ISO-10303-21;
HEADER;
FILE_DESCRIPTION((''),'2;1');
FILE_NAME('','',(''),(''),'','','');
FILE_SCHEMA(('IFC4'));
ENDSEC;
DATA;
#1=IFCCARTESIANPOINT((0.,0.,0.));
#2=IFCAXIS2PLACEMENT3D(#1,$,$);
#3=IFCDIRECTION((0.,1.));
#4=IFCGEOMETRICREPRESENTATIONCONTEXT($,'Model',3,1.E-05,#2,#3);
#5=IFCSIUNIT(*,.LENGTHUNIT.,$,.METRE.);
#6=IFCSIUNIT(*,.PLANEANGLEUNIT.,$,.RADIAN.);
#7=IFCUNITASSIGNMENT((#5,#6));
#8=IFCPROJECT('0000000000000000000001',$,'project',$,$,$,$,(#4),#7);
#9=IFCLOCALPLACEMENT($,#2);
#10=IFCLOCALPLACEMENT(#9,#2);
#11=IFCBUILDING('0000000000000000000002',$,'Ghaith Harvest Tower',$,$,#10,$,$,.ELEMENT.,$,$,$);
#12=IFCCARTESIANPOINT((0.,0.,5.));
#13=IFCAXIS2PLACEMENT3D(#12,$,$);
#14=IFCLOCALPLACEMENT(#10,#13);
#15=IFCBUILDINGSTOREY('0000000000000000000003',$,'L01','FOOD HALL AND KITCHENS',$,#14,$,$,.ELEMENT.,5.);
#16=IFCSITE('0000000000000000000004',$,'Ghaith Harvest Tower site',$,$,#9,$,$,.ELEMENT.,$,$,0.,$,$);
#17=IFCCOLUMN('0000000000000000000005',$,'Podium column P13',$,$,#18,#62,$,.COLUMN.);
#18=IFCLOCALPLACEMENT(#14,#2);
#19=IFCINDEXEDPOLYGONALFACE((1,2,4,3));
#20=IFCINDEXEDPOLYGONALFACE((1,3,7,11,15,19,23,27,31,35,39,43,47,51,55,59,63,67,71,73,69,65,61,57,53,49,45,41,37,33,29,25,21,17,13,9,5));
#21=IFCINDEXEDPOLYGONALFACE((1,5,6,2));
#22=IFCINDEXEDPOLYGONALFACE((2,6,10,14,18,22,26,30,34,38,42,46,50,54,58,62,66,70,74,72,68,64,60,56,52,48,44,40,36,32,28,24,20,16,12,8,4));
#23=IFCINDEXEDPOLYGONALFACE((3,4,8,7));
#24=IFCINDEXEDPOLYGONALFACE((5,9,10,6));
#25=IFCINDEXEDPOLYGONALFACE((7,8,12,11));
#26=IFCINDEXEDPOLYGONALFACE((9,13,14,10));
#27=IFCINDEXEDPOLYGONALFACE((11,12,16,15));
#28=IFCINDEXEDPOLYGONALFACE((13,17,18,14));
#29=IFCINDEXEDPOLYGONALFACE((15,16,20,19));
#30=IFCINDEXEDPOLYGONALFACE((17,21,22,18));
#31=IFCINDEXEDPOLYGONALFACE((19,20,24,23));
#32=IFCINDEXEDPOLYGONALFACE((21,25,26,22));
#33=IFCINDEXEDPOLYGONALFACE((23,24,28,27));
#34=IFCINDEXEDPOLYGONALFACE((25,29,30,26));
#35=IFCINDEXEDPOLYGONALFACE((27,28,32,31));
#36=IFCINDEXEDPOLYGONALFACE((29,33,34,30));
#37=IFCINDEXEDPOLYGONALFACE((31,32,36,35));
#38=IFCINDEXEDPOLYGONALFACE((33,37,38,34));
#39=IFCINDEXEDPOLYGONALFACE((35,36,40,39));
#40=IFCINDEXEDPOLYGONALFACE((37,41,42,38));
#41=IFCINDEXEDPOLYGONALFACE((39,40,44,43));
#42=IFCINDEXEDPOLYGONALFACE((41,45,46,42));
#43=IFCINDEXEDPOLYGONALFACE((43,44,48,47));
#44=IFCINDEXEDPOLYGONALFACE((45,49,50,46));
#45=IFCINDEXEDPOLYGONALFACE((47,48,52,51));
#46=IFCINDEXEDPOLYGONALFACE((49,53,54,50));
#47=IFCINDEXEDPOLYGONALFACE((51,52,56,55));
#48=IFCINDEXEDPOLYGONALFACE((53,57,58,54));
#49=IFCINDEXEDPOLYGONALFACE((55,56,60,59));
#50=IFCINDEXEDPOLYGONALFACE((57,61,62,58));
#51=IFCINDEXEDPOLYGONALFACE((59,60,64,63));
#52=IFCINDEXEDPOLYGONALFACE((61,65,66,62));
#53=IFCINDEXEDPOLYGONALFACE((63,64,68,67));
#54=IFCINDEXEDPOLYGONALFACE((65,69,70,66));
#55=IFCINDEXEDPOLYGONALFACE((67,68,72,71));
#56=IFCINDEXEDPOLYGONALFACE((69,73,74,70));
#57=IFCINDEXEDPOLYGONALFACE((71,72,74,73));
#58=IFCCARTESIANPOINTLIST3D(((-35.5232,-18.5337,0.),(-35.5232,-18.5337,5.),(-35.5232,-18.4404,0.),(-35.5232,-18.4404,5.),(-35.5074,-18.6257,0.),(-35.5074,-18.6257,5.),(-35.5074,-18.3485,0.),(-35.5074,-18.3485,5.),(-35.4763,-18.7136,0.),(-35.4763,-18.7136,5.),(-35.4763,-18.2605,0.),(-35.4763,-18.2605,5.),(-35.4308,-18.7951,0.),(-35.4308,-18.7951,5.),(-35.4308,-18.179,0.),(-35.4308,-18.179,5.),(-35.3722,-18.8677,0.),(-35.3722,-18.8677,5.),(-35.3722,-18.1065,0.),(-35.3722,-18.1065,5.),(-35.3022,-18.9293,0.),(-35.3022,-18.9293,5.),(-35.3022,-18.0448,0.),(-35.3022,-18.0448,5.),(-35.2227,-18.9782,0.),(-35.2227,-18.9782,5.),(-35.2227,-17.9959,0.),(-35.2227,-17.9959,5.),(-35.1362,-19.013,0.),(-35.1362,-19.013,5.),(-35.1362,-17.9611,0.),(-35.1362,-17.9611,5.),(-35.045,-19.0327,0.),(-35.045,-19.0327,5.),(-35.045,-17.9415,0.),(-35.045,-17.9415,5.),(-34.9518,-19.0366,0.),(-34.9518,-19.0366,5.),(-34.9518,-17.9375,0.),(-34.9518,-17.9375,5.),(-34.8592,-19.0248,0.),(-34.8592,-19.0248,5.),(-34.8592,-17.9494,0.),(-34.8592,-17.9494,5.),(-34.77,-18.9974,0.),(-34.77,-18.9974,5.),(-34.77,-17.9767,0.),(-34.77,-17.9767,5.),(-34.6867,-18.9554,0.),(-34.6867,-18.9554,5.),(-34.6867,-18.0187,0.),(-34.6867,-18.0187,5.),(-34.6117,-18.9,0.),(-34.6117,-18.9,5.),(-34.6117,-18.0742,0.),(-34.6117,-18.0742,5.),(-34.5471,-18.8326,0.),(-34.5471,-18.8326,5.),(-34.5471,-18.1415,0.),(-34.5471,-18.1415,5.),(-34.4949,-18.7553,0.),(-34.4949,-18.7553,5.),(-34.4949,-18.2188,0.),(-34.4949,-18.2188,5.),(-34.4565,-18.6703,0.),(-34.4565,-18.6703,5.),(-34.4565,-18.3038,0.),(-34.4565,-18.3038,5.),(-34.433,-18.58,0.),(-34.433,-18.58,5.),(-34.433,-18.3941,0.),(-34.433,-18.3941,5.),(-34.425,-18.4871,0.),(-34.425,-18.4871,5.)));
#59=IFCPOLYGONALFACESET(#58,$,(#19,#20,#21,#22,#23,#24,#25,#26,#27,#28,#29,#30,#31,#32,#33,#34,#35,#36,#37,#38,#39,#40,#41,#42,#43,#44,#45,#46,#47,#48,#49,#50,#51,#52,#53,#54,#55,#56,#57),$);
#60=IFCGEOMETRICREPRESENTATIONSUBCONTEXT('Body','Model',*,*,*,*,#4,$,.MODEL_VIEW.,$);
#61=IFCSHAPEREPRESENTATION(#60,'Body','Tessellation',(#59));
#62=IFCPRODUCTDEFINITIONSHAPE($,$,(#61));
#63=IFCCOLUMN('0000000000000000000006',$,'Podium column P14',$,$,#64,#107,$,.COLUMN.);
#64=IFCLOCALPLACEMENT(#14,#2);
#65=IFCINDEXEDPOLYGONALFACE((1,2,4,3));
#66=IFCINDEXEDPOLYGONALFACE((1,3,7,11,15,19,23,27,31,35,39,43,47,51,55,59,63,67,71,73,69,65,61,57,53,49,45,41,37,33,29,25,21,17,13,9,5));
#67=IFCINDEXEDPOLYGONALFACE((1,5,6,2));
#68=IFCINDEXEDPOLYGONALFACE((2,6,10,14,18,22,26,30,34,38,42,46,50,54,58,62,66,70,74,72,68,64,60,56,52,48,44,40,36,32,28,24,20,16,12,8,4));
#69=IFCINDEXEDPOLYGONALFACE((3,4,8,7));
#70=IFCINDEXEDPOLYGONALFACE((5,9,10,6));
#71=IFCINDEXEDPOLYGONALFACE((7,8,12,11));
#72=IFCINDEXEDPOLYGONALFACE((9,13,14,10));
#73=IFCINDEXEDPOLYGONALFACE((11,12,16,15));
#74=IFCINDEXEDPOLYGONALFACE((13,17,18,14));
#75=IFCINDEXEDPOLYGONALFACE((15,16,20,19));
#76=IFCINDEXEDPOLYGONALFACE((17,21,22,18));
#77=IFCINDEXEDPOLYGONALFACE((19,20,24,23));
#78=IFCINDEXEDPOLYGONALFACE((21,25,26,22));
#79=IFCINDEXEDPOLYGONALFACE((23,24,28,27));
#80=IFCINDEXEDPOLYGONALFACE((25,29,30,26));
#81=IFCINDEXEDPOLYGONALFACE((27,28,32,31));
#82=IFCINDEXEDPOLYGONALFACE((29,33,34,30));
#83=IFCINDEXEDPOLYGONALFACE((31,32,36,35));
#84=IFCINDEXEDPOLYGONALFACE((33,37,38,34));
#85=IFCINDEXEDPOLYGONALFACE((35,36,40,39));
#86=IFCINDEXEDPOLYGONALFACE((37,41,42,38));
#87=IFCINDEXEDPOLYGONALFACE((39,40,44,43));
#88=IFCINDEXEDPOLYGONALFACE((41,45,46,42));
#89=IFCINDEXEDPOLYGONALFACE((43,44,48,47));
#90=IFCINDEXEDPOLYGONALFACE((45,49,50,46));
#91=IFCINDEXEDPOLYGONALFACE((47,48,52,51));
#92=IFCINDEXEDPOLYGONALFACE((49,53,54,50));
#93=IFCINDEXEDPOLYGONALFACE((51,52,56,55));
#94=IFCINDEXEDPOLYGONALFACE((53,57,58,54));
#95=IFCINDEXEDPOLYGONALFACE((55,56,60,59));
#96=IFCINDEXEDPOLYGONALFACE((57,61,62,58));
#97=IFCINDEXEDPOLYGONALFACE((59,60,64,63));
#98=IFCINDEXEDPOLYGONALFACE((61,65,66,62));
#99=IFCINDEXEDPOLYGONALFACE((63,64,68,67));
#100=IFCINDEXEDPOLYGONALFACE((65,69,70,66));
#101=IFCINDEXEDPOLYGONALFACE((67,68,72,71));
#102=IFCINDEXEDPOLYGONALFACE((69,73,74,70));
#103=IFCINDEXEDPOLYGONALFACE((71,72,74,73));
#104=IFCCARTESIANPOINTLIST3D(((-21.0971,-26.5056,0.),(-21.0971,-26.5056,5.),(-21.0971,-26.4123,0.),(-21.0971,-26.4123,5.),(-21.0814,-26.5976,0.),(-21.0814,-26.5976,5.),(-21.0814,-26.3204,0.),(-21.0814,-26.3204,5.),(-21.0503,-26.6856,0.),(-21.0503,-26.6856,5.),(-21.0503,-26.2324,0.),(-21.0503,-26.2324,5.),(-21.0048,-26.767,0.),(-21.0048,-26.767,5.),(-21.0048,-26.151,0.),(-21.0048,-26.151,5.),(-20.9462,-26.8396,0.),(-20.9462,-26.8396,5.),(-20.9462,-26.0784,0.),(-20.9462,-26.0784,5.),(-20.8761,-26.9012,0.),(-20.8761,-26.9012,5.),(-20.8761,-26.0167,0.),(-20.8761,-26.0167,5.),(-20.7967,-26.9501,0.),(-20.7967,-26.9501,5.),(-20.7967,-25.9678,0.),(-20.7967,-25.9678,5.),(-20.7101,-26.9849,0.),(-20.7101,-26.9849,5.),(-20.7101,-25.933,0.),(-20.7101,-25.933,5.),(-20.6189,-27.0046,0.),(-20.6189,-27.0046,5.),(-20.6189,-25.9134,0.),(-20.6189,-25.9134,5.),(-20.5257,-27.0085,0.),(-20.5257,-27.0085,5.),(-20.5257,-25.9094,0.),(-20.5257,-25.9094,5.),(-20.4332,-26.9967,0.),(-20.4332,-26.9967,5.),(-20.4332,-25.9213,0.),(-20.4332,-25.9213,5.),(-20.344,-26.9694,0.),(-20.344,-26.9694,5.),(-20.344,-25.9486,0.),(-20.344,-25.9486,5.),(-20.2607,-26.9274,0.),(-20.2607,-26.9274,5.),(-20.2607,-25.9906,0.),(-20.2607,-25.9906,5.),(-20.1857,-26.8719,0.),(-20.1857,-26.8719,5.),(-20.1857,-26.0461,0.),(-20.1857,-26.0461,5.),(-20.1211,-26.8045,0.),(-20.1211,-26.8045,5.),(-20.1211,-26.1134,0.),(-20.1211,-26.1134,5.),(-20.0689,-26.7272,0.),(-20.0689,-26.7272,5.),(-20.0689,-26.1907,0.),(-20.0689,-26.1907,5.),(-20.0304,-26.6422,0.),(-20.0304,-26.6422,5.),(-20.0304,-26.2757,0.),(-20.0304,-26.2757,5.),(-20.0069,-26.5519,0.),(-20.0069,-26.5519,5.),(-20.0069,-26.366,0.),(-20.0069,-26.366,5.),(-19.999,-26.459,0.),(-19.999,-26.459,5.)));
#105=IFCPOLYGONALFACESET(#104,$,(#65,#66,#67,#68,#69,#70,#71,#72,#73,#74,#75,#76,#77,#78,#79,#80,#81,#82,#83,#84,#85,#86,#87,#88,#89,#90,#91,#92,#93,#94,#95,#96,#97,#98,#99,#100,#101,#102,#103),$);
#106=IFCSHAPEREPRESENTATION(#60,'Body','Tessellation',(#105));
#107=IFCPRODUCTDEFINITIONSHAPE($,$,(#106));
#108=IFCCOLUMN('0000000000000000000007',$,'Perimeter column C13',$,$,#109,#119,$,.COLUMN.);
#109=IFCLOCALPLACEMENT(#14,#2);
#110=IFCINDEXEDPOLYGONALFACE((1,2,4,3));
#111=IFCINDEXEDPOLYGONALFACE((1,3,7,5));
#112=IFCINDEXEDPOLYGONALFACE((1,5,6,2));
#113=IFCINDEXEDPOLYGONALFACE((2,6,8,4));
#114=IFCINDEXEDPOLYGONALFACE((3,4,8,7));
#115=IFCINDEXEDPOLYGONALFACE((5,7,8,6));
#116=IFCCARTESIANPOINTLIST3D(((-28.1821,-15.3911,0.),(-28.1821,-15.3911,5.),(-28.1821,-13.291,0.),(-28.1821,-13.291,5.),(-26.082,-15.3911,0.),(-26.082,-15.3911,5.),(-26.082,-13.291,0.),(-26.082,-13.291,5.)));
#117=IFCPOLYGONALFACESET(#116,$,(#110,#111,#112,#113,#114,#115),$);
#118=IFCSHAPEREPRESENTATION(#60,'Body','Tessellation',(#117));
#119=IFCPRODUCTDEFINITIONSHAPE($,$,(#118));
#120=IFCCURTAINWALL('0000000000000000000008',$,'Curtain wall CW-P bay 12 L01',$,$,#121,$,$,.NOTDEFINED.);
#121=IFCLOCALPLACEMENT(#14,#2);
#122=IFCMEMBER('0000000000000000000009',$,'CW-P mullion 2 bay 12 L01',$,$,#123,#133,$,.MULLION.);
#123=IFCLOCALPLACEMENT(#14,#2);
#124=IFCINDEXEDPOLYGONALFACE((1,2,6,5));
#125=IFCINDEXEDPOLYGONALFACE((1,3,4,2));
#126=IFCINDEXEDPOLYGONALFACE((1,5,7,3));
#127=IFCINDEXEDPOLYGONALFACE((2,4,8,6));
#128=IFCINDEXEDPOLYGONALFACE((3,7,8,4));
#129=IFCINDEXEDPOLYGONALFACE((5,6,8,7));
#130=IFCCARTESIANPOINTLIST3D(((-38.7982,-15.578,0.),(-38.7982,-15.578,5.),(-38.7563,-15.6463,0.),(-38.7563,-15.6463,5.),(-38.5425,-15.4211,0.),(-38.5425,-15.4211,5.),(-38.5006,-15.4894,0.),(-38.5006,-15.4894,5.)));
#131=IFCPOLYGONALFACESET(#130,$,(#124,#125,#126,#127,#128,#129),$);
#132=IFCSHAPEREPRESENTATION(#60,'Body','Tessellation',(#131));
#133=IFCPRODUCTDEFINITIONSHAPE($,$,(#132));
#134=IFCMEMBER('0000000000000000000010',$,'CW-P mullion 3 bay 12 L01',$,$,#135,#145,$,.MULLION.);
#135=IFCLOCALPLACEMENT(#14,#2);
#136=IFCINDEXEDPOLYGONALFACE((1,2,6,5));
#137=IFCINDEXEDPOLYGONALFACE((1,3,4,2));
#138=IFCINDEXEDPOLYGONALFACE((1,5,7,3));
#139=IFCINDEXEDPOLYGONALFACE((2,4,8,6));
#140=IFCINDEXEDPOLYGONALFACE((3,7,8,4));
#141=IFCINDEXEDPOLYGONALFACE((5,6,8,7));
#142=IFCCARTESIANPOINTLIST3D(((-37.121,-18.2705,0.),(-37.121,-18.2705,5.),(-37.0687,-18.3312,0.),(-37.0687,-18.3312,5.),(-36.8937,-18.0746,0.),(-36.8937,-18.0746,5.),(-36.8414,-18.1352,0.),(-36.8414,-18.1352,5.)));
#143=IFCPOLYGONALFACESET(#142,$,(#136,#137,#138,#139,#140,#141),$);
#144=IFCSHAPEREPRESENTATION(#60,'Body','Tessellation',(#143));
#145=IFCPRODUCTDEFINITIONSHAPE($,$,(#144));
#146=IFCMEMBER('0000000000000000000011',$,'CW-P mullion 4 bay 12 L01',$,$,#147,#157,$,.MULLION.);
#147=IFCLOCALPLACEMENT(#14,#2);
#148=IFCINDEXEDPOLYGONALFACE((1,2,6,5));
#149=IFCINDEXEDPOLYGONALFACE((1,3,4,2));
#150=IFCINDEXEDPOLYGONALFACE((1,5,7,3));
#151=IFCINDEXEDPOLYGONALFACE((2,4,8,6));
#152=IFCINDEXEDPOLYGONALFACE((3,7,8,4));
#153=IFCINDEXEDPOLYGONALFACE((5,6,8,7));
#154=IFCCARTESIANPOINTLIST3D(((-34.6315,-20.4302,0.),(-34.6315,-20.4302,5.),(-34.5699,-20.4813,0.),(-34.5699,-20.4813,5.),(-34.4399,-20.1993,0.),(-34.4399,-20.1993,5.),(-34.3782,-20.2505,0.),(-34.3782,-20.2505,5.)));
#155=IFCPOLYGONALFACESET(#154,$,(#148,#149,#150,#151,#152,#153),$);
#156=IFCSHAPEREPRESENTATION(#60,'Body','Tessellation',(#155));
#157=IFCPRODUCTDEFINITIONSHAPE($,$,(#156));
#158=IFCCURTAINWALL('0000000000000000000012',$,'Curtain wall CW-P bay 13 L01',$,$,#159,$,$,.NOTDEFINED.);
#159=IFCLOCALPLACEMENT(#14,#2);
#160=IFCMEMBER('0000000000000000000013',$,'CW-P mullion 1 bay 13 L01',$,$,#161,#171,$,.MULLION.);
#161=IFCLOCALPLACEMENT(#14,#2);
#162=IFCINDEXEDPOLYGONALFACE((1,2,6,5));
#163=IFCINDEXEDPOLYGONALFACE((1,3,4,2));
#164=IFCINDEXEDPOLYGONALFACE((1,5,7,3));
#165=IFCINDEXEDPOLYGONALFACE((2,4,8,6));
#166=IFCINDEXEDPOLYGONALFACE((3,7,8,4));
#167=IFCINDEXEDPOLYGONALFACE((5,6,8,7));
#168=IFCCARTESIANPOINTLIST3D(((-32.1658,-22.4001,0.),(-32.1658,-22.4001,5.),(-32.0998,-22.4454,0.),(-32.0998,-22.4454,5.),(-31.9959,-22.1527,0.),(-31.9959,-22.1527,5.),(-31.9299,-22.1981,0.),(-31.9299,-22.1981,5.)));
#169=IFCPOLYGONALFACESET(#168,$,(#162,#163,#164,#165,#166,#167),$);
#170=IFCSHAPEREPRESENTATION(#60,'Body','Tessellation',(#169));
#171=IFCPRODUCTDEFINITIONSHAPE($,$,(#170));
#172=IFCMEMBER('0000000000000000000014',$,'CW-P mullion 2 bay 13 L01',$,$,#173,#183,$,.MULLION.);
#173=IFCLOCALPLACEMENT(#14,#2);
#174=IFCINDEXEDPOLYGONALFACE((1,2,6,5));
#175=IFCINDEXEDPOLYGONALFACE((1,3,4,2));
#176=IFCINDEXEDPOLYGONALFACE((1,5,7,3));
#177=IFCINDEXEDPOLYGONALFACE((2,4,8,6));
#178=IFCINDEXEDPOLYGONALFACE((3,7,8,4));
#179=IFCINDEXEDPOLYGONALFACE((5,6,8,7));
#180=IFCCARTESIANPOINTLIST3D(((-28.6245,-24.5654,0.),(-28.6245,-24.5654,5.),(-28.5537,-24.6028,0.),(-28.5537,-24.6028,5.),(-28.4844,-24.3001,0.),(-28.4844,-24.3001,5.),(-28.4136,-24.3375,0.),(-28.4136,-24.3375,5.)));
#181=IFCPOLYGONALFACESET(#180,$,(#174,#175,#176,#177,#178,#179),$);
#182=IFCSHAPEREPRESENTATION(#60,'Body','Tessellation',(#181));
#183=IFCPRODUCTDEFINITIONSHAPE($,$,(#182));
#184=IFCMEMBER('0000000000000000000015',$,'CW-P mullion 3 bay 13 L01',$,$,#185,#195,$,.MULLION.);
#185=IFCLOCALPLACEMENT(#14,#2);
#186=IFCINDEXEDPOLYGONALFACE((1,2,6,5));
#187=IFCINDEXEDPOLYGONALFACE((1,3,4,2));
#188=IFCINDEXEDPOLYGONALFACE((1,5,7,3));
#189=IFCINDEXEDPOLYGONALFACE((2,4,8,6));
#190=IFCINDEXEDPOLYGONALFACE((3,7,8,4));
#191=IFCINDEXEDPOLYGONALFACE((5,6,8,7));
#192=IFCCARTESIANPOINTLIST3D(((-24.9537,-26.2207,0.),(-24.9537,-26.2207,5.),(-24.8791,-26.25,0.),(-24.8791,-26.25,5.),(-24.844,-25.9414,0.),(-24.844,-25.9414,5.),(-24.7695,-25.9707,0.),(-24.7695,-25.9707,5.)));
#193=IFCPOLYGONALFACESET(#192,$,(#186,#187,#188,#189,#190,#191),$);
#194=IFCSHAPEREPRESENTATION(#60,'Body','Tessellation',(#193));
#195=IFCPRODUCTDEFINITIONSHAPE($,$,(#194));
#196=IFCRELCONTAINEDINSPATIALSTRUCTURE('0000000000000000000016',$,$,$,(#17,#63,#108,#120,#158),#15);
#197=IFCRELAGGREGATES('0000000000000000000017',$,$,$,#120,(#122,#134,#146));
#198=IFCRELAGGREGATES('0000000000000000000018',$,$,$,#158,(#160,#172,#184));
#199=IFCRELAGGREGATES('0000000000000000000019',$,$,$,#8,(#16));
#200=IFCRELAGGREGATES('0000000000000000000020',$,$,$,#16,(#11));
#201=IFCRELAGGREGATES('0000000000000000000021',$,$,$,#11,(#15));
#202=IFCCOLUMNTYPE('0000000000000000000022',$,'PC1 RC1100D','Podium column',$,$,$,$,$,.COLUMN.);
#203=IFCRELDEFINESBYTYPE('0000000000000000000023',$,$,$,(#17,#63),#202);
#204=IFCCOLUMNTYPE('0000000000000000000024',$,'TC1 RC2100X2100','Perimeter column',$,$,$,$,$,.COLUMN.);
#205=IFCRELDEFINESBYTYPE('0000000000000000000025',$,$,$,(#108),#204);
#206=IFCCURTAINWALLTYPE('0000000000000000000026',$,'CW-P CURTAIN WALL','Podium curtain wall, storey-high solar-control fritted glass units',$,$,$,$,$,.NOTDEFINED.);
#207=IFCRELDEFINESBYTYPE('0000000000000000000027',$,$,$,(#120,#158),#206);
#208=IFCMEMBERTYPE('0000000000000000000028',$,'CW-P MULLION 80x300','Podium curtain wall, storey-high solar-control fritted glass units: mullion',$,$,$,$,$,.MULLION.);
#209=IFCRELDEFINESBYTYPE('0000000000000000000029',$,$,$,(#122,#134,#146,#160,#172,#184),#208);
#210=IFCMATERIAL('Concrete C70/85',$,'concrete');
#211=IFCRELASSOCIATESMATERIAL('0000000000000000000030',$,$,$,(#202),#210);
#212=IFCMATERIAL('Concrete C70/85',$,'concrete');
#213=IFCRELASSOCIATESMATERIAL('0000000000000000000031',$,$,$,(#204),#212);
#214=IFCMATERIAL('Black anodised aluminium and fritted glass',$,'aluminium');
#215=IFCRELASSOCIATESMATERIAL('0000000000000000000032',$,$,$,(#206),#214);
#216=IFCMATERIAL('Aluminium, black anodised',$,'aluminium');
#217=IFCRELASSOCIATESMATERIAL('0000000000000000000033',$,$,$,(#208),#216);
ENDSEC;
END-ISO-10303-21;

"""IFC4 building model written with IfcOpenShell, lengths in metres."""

from ifc_helpers import new_model, si_unit, direction, frame, origin, origin_2d, place, context, subcontext, project, spatial, rectangle, circle, extrude, material, material_profile, profile_set, type_object, element, aggregate, save


model = new_model("IFC4")

# Units and contexts
model_context = context("Model", 3, precision=1e-05, world=origin(), true_north=direction((0.0, 1.0)))
body_context = subcontext(model_context, "Body", "Model", "MODEL_VIEW")
ifc_project = project(units=[si_unit("LENGTHUNIT", "METRE"), si_unit("PLANEANGLEUNIT", "RADIAN")], contexts=[model_context])

# Site, building, storey
site_placement = place(None, origin())
site = spatial("IfcSite", under=ifc_project, at=site_placement, Name="Ghaith Harvest Tower site", CompositionType="ELEMENT", RefElevation=0.0)
building_placement = place(site_placement, origin())
building = spatial("IfcBuilding", under=site, at=building_placement, Name="Ghaith Harvest Tower", CompositionType="ELEMENT")
storey_placement = place(building_placement, frame((0.0, 0.0, 5.0)))
storey = spatial("IfcBuildingStorey", under=building, at=storey_placement, Name="L01", Description="FOOD HALL AND KITCHENS", CompositionType="ELEMENT", Elevation=5.0)

# Columns
ifc_material_1 = material(Name="Concrete C70/85", Category="concrete")
ifc_material_profile_1 = material_profile(ifc_material_1, circle(Radius=0.55, at=origin_2d()), Name="RC1100D")
ifc_profile_set_1 = profile_set([ifc_material_profile_1], Name="Concrete C70/85")
column_type_1 = type_object("IfcColumnType", Name="PC1 RC1100D", Description="Podium column", PredefinedType="COLUMN", material=ifc_profile_set_1)
for number, where, z_axis, x_axis, name in (
    (1, (-34.9751, -18.4871, 0.0), (0.0, 0.0, 1.0), (1.0, 0.0, 0.0), "Podium column P13"),
    (2, (-20.5491, -26.459, 0.0), (0.0, 0.0, 1.0), (1.0, 0.0, 0.0), "Podium column P14"),
):
    element("IfcColumn", number, at=place(storey_placement, frame(where, z_axis=z_axis, x_axis=x_axis)), inside=storey, type_object=column_type_1, Name=name, PredefinedType="COLUMN", context=body_context, shape_type="SweptSolid", body=[
        extrude(circle(Radius=0.55, at=origin_2d()), origin(), (0.0, 0.0, 1.0), 5.0),
    ])
ifc_material_2 = material(Name="Concrete C70/85", Category="concrete")
ifc_material_profile_2 = material_profile(ifc_material_2, rectangle(XDim=2.1001, YDim=2.1001, at=origin_2d()), Name="RC2100X2100")
ifc_profile_set_2 = profile_set([ifc_material_profile_2], Name="Concrete C70/85")
column_type_2 = type_object("IfcColumnType", Name="TC1 RC2100X2100", Description="Perimeter column", PredefinedType="COLUMN", material=ifc_profile_set_2)
column_placement = place(storey_placement, frame((-27.1321, -14.3411, 0.0), z_axis=(0.0, 0.0, 1.0), x_axis=(1.0, 0.0, 0.0)))
element("IfcColumn", 3, at=column_placement, inside=storey, type_object=column_type_2, Name="Perimeter column C13", PredefinedType="COLUMN", context=body_context, shape_type="SweptSolid", body=[
    extrude(rectangle(XDim=2.1001, YDim=2.1001, at=origin_2d()), origin(), (0.0, 0.0, 1.0), 5.0),
])

# Curtain walls, members
ifc_material_3 = material(Name="Black anodised aluminium and fritted glass", Category="aluminium")
curtain_wall_type = type_object("IfcCurtainWallType", Name="CW-P CURTAIN WALL", Description="Podium curtain wall, storey-high solar-control fritted glass units", PredefinedType="NOTDEFINED", material=ifc_material_3)
curtain_wall_1_placement = place(storey_placement, origin())
curtain_wall_1 = element("IfcCurtainWall", 4, at=curtain_wall_1_placement, inside=storey, type_object=curtain_wall_type, Name="Curtain wall CW-P bay 12 L01", PredefinedType="NOTDEFINED")
ifc_material_4 = material(Name="Aluminium, black anodised", Category="aluminium")
ifc_material_profile_3 = material_profile(ifc_material_4, rectangle(XDim=0.0801, YDim=0.3, at=origin_2d()), Name="CW-P MULLION 80x300")
ifc_profile_set_3 = profile_set([ifc_material_profile_3], Name="Aluminium, black anodised")
member_type_1 = type_object("IfcMemberType", Name="CW-P MULLION 80x300", Description="Podium curtain wall, storey-high solar-control fritted glass units: mullion", PredefinedType="MULLION", material=ifc_profile_set_3)
member_1_placement = place(storey_placement, frame((-38.6494, -15.5337, 0.0), z_axis=(0.0, 0.0, 1.0), x_axis=(0.522984, -0.852343, 0.0)))
member_1 = element("IfcMember", 5, at=member_1_placement, type_object=member_type_1, Name="CW-P mullion 2 bay 12 L01", PredefinedType="MULLION", context=body_context, shape_type="SweptSolid", body=[
    extrude(rectangle(XDim=0.0801, YDim=0.3, at=origin_2d()), origin(), (0.0, 0.0, 1.0), 5.0),
])
member_2_placement = place(storey_placement, frame((-36.9812, -18.2029, 0.0), z_axis=(0.0, 0.0, 1.0), x_axis=(0.653047, -0.757317, 0.0)))
member_2 = element("IfcMember", 6, at=member_2_placement, type_object=member_type_1, Name="CW-P mullion 3 bay 12 L01", PredefinedType="MULLION", context=body_context, shape_type="SweptSolid", body=[
    extrude(rectangle(XDim=0.0801, YDim=0.3, at=origin_2d()), origin(), (0.0, 0.0, 1.0), 5.0),
])
member_3_placement = place(storey_placement, frame((-34.5049, -20.3403, 0.0), z_axis=(0.0, 0.0, 1.0), x_axis=(0.769373, -0.6388, 0.0)))
member_3 = element("IfcMember", 7, at=member_3_placement, type_object=member_type_1, Name="CW-P mullion 4 bay 12 L01", PredefinedType="MULLION", context=body_context, shape_type="SweptSolid", body=[
    extrude(rectangle(XDim=0.0801, YDim=0.3, at=origin_2d()), origin(), (0.0, 0.0, 1.0), 5.0),
])
curtain_wall_2_placement = place(storey_placement, origin())
curtain_wall_2 = element("IfcCurtainWall", 8, at=curtain_wall_2_placement, inside=storey, type_object=curtain_wall_type, Name="Curtain wall CW-P bay 13 L01", PredefinedType="NOTDEFINED")
member_4_placement = place(storey_placement, frame((-32.0479, -22.2991, 0.0), z_axis=(0.0, 0.0, 1.0), x_axis=(0.824304, -0.566148, 0.0)))
member_4 = element("IfcMember", 9, at=member_4_placement, type_object=member_type_1, Name="CW-P mullion 1 bay 13 L01", PredefinedType="MULLION", context=body_context, shape_type="SweptSolid", body=[
    extrude(rectangle(XDim=0.0801, YDim=0.3, at=origin_2d()), origin(), (0.0, 0.0, 1.0), 5.0),
])
member_5_placement = place(storey_placement, frame((-28.519, -24.4514, 0.0), z_axis=(0.0, 0.0, 1.0), x_axis=(0.88419, -0.467128, 0.0)))
member_5 = element("IfcMember", 10, at=member_5_placement, type_object=member_type_1, Name="CW-P mullion 2 bay 13 L01", PredefinedType="MULLION", context=body_context, shape_type="SweptSolid", body=[
    extrude(rectangle(XDim=0.0801, YDim=0.3, at=origin_2d()), origin(), (0.0, 0.0, 1.0), 5.0),
])
member_6_placement = place(storey_placement, frame((-24.8616, -26.0957, 0.0), z_axis=(0.0, 0.0, 1.0), x_axis=(0.930876, -0.365336, 0.0)))
member_6 = element("IfcMember", 11, at=member_6_placement, type_object=member_type_1, Name="CW-P mullion 3 bay 13 L01", PredefinedType="MULLION", context=body_context, shape_type="SweptSolid", body=[
    extrude(rectangle(XDim=0.0801, YDim=0.3, at=origin_2d()), origin(), (0.0, 0.0, 1.0), 5.0),
])

aggregate(curtain_wall_1, [member_1, member_2, member_3])
aggregate(curtain_wall_2, [member_4, member_5, member_6])

save(model, "model.ifc")
